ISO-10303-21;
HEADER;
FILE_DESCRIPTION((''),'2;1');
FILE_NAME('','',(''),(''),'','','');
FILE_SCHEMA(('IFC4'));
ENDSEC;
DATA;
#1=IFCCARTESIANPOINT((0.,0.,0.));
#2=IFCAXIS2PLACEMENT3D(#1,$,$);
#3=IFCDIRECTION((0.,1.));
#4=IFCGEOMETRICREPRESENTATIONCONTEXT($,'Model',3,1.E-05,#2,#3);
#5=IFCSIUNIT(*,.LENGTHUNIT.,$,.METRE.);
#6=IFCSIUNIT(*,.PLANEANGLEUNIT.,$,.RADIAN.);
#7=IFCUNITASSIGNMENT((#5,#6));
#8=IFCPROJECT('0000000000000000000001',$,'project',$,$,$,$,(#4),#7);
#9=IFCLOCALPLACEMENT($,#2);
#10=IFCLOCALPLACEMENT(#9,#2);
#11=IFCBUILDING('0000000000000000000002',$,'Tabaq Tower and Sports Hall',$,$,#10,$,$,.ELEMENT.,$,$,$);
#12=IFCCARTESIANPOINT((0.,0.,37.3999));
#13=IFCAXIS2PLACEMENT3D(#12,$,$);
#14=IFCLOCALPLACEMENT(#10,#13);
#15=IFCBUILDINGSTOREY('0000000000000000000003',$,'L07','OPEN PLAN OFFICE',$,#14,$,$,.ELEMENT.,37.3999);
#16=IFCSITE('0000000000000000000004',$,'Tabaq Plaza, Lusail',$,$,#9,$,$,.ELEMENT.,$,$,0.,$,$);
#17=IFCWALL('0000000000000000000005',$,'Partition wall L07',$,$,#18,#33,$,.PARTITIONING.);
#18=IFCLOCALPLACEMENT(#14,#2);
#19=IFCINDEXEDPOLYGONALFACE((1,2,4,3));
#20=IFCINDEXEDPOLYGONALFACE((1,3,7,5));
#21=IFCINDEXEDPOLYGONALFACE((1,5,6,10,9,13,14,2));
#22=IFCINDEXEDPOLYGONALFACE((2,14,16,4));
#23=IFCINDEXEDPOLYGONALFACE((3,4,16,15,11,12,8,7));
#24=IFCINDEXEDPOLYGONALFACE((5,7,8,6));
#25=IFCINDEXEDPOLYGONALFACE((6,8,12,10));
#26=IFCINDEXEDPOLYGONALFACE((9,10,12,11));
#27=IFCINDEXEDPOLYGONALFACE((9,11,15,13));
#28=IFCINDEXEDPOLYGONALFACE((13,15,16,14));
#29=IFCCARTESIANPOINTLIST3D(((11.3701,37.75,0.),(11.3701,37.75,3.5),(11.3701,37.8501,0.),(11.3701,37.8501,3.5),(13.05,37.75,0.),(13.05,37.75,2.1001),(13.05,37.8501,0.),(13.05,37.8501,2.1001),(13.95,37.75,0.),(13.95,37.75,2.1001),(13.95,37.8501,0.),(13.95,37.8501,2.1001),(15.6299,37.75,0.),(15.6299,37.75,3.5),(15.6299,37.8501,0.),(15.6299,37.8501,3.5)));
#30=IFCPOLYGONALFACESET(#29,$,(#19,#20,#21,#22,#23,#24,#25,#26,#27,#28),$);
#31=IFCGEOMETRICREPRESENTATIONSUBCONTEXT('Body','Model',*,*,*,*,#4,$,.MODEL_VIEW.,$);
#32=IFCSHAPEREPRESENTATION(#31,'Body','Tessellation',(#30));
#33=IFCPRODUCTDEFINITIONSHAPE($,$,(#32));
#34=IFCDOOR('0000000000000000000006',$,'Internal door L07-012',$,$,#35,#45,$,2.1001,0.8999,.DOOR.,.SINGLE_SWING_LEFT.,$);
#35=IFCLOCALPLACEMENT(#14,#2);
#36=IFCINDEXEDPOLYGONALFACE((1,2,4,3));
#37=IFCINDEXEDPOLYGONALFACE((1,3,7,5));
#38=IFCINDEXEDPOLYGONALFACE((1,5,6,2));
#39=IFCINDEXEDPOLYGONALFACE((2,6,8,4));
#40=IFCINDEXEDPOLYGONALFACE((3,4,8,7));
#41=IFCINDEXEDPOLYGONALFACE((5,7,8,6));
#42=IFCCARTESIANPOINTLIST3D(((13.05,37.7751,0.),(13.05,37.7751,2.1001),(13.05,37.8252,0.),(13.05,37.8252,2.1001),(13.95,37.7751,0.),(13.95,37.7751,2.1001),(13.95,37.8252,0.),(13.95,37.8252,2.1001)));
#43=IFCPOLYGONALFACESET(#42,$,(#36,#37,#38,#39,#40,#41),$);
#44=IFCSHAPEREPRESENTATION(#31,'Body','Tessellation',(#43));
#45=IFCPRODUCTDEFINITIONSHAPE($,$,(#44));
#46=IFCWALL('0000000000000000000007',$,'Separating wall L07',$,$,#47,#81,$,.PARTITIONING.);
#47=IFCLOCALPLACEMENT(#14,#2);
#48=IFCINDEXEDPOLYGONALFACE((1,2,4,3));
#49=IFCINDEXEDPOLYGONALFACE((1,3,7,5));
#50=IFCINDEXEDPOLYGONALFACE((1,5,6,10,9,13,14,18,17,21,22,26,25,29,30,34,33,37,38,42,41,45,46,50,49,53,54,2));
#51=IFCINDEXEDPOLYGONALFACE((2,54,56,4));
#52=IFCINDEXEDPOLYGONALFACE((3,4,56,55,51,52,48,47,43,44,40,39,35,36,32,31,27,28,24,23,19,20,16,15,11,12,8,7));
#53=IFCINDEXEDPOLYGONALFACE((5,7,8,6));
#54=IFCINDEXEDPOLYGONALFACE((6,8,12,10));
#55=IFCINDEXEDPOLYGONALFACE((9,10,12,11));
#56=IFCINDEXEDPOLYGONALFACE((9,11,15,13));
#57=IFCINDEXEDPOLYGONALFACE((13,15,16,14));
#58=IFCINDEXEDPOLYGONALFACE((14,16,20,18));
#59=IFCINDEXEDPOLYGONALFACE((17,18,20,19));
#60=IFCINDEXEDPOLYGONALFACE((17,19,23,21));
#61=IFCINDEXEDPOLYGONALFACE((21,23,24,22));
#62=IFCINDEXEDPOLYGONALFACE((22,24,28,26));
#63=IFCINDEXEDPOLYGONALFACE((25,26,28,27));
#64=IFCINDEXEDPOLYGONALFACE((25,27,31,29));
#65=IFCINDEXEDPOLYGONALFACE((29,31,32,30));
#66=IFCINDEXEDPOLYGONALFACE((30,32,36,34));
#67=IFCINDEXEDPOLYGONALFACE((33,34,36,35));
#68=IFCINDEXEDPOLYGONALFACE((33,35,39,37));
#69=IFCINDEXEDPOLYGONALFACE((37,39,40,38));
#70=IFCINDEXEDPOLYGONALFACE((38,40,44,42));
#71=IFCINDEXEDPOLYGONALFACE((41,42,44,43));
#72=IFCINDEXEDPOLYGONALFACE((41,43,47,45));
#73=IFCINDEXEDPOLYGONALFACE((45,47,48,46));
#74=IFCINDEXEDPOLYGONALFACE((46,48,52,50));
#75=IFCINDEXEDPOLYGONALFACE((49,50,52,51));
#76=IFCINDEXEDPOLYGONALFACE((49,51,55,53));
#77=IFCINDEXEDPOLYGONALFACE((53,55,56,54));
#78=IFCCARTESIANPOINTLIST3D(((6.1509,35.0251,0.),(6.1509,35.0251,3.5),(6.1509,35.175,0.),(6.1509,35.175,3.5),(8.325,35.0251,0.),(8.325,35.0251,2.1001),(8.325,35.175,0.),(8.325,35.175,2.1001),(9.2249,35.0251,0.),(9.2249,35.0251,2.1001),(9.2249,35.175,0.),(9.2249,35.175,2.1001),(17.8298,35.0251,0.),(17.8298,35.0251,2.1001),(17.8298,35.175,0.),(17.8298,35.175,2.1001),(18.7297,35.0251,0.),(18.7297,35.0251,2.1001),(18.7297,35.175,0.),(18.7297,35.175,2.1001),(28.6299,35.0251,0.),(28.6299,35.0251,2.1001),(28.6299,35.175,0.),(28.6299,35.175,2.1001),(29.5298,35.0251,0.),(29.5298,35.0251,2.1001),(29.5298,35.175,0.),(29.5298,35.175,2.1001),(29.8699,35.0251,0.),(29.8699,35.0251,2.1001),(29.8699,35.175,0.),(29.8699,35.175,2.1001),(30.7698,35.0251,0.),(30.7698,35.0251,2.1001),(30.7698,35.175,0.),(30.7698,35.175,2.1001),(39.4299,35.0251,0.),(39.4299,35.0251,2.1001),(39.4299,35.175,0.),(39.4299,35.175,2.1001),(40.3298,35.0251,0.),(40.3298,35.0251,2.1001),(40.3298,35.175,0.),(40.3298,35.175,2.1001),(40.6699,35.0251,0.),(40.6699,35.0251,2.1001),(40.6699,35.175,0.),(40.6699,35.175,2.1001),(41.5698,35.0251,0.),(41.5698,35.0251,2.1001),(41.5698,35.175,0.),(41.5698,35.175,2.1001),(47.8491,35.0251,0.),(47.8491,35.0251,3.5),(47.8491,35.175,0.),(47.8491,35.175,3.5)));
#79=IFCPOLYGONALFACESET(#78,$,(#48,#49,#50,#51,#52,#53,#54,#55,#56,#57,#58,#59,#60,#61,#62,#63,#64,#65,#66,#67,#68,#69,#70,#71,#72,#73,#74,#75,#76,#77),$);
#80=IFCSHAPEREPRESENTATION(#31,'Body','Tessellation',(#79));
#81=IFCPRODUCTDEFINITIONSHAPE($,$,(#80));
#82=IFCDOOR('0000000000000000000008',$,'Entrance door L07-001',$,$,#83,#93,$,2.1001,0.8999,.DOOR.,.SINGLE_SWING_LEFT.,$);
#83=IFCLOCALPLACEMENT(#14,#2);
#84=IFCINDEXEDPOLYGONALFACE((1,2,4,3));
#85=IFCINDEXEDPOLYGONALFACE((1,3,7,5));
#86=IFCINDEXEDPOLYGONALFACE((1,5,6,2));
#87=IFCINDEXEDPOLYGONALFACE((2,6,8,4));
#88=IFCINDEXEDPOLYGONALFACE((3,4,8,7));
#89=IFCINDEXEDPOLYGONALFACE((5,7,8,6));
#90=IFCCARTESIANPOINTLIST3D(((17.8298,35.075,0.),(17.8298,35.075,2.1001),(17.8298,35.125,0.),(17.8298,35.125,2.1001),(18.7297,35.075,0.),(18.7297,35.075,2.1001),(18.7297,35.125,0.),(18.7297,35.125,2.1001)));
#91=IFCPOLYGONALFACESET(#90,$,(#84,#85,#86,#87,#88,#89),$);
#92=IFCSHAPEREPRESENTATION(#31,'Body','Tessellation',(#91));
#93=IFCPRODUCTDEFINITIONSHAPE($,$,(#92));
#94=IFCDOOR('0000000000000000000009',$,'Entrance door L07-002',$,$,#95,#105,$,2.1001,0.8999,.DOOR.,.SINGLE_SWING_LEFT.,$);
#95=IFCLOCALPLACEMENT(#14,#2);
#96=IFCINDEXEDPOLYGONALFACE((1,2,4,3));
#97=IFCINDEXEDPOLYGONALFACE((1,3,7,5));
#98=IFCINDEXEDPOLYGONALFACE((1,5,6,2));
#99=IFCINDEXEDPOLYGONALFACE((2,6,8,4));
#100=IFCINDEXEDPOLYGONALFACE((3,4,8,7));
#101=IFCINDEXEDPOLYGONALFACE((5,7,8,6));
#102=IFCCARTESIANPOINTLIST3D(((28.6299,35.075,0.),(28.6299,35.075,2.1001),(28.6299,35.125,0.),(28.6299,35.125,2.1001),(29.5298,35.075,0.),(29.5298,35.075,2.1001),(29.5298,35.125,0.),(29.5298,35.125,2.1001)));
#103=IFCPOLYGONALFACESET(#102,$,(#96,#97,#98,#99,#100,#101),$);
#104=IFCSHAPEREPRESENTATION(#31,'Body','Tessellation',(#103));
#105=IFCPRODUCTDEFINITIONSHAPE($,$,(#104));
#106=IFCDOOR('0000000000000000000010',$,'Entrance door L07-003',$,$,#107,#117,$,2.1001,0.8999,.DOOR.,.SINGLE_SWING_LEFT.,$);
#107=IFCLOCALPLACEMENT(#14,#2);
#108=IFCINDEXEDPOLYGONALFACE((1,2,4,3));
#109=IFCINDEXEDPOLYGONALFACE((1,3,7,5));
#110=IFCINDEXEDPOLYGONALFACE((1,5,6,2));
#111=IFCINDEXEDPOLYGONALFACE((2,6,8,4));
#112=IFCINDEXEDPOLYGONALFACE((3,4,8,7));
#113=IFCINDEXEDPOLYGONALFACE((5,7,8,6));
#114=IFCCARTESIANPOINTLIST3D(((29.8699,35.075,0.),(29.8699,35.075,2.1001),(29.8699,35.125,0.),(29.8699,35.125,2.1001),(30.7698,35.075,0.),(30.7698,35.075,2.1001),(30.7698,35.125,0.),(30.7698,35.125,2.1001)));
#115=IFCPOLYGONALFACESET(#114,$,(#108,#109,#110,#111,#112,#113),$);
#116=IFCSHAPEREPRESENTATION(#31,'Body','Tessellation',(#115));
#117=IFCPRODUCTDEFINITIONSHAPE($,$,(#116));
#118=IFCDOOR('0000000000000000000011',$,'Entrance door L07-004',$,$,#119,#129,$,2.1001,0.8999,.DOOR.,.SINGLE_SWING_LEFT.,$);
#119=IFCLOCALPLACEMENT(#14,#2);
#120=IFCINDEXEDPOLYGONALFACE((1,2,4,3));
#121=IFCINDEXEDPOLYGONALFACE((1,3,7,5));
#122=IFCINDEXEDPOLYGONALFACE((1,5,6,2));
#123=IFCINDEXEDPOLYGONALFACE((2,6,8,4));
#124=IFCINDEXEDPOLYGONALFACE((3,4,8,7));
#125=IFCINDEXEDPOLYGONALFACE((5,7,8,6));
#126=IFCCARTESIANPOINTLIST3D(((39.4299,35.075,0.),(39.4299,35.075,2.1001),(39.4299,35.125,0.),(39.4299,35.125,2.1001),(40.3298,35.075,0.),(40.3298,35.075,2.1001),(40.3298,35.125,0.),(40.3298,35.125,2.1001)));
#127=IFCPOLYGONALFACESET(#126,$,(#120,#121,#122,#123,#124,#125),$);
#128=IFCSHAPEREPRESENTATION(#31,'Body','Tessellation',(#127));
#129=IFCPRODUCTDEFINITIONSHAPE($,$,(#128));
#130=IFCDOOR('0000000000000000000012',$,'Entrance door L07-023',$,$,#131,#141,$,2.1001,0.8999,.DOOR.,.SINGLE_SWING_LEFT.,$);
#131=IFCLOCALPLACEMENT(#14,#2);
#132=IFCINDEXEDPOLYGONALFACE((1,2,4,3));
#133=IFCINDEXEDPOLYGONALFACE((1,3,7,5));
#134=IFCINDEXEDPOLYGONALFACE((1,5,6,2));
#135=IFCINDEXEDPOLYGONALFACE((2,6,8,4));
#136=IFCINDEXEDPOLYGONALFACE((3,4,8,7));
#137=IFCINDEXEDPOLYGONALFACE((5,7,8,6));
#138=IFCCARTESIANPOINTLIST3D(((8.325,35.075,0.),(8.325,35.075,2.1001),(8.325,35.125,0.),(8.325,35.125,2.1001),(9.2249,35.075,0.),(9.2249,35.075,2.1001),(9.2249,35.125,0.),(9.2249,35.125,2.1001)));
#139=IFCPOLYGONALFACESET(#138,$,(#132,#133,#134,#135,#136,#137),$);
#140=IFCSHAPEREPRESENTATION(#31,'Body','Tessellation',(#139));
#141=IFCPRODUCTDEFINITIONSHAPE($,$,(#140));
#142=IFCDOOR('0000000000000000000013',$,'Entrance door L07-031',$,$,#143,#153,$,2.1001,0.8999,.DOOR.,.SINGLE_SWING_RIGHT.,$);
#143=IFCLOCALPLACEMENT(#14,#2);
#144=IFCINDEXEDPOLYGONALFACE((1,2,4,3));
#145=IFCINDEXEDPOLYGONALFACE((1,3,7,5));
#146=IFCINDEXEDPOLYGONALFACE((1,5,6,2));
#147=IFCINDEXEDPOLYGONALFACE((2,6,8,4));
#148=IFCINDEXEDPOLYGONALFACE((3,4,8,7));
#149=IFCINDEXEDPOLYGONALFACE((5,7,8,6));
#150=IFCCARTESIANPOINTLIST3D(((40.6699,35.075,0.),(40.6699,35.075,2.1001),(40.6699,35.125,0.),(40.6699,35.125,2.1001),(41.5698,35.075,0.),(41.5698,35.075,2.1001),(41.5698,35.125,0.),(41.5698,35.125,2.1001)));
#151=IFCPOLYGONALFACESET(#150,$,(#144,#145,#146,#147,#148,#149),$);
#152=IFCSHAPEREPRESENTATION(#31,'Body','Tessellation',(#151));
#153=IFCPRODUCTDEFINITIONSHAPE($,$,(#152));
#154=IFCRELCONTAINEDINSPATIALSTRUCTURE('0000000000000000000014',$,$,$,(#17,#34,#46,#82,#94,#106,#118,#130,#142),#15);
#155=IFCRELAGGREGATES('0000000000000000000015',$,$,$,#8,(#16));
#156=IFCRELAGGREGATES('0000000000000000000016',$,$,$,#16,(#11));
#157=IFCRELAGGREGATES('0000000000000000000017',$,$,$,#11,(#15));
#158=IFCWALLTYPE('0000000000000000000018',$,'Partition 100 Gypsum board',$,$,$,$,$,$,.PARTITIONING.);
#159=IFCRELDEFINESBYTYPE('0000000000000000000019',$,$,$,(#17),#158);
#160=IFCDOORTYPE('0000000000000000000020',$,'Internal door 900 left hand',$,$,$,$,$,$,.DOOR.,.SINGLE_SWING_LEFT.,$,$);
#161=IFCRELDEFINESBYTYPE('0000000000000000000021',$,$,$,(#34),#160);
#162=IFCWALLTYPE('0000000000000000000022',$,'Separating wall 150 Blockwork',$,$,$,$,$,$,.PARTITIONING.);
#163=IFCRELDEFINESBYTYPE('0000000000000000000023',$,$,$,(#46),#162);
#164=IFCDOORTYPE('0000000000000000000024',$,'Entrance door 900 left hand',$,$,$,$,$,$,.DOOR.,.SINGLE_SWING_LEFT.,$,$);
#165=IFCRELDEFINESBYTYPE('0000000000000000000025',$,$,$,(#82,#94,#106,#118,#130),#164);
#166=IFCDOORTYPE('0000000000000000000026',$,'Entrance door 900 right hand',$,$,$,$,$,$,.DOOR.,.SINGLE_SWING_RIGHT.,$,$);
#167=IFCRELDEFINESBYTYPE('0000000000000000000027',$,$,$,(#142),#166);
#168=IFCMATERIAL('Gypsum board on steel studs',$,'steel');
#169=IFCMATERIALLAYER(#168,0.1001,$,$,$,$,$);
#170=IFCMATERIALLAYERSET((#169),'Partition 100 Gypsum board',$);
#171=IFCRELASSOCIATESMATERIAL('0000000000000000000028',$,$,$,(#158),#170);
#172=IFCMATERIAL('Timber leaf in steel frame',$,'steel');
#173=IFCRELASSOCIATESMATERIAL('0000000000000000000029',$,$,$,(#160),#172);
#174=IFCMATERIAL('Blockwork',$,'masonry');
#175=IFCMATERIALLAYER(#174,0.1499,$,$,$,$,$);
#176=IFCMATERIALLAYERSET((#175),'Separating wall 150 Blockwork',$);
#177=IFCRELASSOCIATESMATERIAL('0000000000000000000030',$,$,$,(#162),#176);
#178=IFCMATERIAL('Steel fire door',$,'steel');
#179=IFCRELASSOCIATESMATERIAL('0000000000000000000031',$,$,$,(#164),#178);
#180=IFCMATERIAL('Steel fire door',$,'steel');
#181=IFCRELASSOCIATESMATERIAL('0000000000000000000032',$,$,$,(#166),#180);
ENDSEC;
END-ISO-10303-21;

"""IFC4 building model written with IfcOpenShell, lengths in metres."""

from ifc_helpers import new_model, si_unit, direction, frame, frame_2d, origin, place, context, subcontext, project, spatial, rectangle, extrude, material, layer, layer_set, type_object, element, fill, save


model = new_model("IFC4")

# Units and contexts
model_context = context("Model", 3, precision=1e-05, world=origin(), true_north=direction((0.0, 1.0)))
body_context = subcontext(model_context, "Body", "Model", "MODEL_VIEW")
ifc_project = project(units=[si_unit("LENGTHUNIT", "METRE"), si_unit("PLANEANGLEUNIT", "RADIAN")], contexts=[model_context])

# Site, building, storey
site_placement = place(None, origin())
site = spatial("IfcSite", under=ifc_project, at=site_placement, Name="Tabaq Plaza, Lusail", CompositionType="ELEMENT", RefElevation=0.0)
building_placement = place(site_placement, origin())
building = spatial("IfcBuilding", under=site, at=building_placement, Name="Tabaq Tower and Sports Hall", CompositionType="ELEMENT")
storey_placement = place(building_placement, frame((0.0, 0.0, 37.3999)))
storey = spatial("IfcBuildingStorey", under=building, at=storey_placement, Name="L07", Description="OPEN PLAN OFFICE", CompositionType="ELEMENT", Elevation=37.3999)

# Shared definitions
ifc_material_1 = material(Name="Gypsum board on steel studs", Category="steel")
ifc_layer_1 = layer(ifc_material_1, 0.1001)
ifc_layer_set_1 = layer_set([ifc_layer_1], Name="Partition 100 Gypsum board")
wall_type_1 = type_object("IfcWallType", Name="Partition 100 Gypsum board", PredefinedType="PARTITIONING", material=ifc_layer_set_1)

# Wall, opening, door
wall_1_placement = place(storey_placement, frame((15.6299, 37.8, 0.0), z_axis=(0.0, 0.0, 1.0), x_axis=(-1.0, 0.0, 0.0)))
wall_1 = element("IfcWall", 1, at=wall_1_placement, inside=storey, type_object=wall_type_1, Name="Partition wall L07", PredefinedType="PARTITIONING", context=body_context, shape_type="SweptSolid", body=[
    extrude(rectangle(XDim=4.2598, YDim=0.1001, at=frame_2d((2.1299, 0.0))), origin(), (0.0, 0.0, 1.0), 3.5),
])
opening_1_placement = place(wall_1_placement, frame((1.6799, 0.0, 0.0)))
opening_1 = element("IfcOpeningElement", 2, at=opening_1_placement, cuts=wall_1, PredefinedType="OPENING", context=body_context, shape_type="SweptSolid", body=[
    extrude(rectangle(XDim=0.8999, YDim=2.1001, at=frame_2d((0.45, 1.05))), frame((0.0, 0.05, 0.0), z_axis=(0.0, -1.0, 0.0), x_axis=(1.0, 0.0, 0.0)), (0.0, 0.0, 1.0), 0.1001),
])
ifc_material_2 = material(Name="Timber leaf in steel frame", Category="steel")
door_type_1 = type_object("IfcDoorType", Name="Internal door 900 left hand", OperationType="SINGLE_SWING_LEFT", PredefinedType="DOOR", material=ifc_material_2)
door_1_placement = place(opening_1_placement, origin())
door_1 = element("IfcDoor", 3, at=door_1_placement, inside=storey, type_object=door_type_1, Name="Internal door L07-012", OperationType="SINGLE_SWING_LEFT", OverallHeight=2.1001, OverallWidth=0.8999, PredefinedType="DOOR", context=body_context, shape_type="SweptSolid", body=[
    extrude(rectangle(XDim=0.8999, YDim=2.1001, at=frame_2d((0.45, 1.05))), frame((0.0, 0.0249, 0.0), z_axis=(0.0, -1.0, 0.0), x_axis=(1.0, 0.0, 0.0)), (0.0, 0.0, 1.0), 0.05),
])
fill(opening_1, door_1)

# Wall, openings, doors
ifc_material_3 = material(Name="Blockwork", Category="masonry")
ifc_layer_2 = layer(ifc_material_3, 0.1499)
ifc_layer_set_2 = layer_set([ifc_layer_2], Name="Separating wall 150 Blockwork")
wall_type_2 = type_object("IfcWallType", Name="Separating wall 150 Blockwork", PredefinedType="PARTITIONING", material=ifc_layer_set_2)
wall_2_placement = place(storey_placement, frame((6.1509, 35.1001, 0.0), z_axis=(0.0, 0.0, 1.0), x_axis=(1.0, 0.0, 0.0)))
wall_2 = element("IfcWall", 4, at=wall_2_placement, inside=storey, type_object=wall_type_2, Name="Separating wall L07", PredefinedType="PARTITIONING", context=body_context, shape_type="SweptSolid", body=[
    extrude(rectangle(XDim=41.6982, YDim=0.1499, at=frame_2d((20.8491, 0.0))), origin(), (0.0, 0.0, 1.0), 3.5),
])
opening_2_placement = place(wall_2_placement, frame((11.679, 0.0, 0.0)))
opening_2 = element("IfcOpeningElement", 5, at=opening_2_placement, cuts=wall_2, PredefinedType="OPENING", context=body_context, shape_type="SweptSolid", body=[
    extrude(rectangle(XDim=0.8999, YDim=2.1001, at=frame_2d((0.45, 1.05))), frame((0.0, 0.075, 0.0), z_axis=(0.0, -1.0, 0.0), x_axis=(1.0, 0.0, 0.0)), (0.0, 0.0, 1.0), 0.1499),
])
opening_3_placement = place(wall_2_placement, frame((22.479, 0.0, 0.0)))
opening_3 = element("IfcOpeningElement", 6, at=opening_3_placement, cuts=wall_2, PredefinedType="OPENING", context=body_context, shape_type="SweptSolid", body=[
    extrude(rectangle(XDim=0.8999, YDim=2.1001, at=frame_2d((0.45, 1.05))), frame((0.0, 0.075, 0.0), z_axis=(0.0, -1.0, 0.0), x_axis=(1.0, 0.0, 0.0)), (0.0, 0.0, 1.0), 0.1499),
])
opening_4_placement = place(wall_2_placement, frame((23.719, 0.0, 0.0)))
opening_4 = element("IfcOpeningElement", 7, at=opening_4_placement, cuts=wall_2, PredefinedType="OPENING", context=body_context, shape_type="SweptSolid", body=[
    extrude(rectangle(XDim=0.8999, YDim=2.1001, at=frame_2d((0.45, 1.05))), frame((0.0, 0.075, 0.0), z_axis=(0.0, -1.0, 0.0), x_axis=(1.0, 0.0, 0.0)), (0.0, 0.0, 1.0), 0.1499),
])
opening_5_placement = place(wall_2_placement, frame((33.2791, 0.0, 0.0)))
opening_5 = element("IfcOpeningElement", 8, at=opening_5_placement, cuts=wall_2, PredefinedType="OPENING", context=body_context, shape_type="SweptSolid", body=[
    extrude(rectangle(XDim=0.8999, YDim=2.1001, at=frame_2d((0.45, 1.05))), frame((0.0, 0.075, 0.0), z_axis=(0.0, -1.0, 0.0), x_axis=(1.0, 0.0, 0.0)), (0.0, 0.0, 1.0), 0.1499),
])
opening_6_placement = place(wall_2_placement, frame((2.1741, 0.0, 0.0)))
opening_6 = element("IfcOpeningElement", 9, at=opening_6_placement, cuts=wall_2, PredefinedType="OPENING", context=body_context, shape_type="SweptSolid", body=[
    extrude(rectangle(XDim=0.8999, YDim=2.1001, at=frame_2d((0.45, 1.05))), frame((0.0, 0.075, 0.0), z_axis=(0.0, -1.0, 0.0), x_axis=(1.0, 0.0, 0.0)), (0.0, 0.0, 1.0), 0.1499),
])
opening_7_placement = place(wall_2_placement, frame((34.519, 0.0, 0.0)))
opening_7 = element("IfcOpeningElement", 10, at=opening_7_placement, cuts=wall_2, PredefinedType="OPENING", context=body_context, shape_type="SweptSolid", body=[
    extrude(rectangle(XDim=0.8999, YDim=2.1001, at=frame_2d((0.45, 1.05))), frame((0.0, 0.075, 0.0), z_axis=(0.0, -1.0, 0.0), x_axis=(1.0, 0.0, 0.0)), (0.0, 0.0, 1.0), 0.1499),
])
ifc_material_4 = material(Name="Steel fire door", Category="steel")
door_type_2 = type_object("IfcDoorType", Name="Entrance door 900 left hand", OperationType="SINGLE_SWING_LEFT", PredefinedType="DOOR", material=ifc_material_4)
door_2_placement = place(opening_2_placement, origin())
door_2 = element("IfcDoor", 11, at=door_2_placement, inside=storey, type_object=door_type_2, Name="Entrance door L07-001", OperationType="SINGLE_SWING_LEFT", OverallHeight=2.1001, OverallWidth=0.8999, PredefinedType="DOOR", context=body_context, shape_type="SweptSolid", body=[
    extrude(rectangle(XDim=0.8999, YDim=2.1001, at=frame_2d((0.45, 1.05))), frame((0.0, 0.0249, 0.0), z_axis=(0.0, -1.0, 0.0), x_axis=(1.0, 0.0, 0.0)), (0.0, 0.0, 1.0), 0.05),
])
fill(opening_2, door_2)
door_3_placement = place(opening_3_placement, origin())
door_3 = element("IfcDoor", 12, at=door_3_placement, inside=storey, type_object=door_type_2, Name="Entrance door L07-002", OperationType="SINGLE_SWING_LEFT", OverallHeight=2.1001, OverallWidth=0.8999, PredefinedType="DOOR", context=body_context, shape_type="SweptSolid", body=[
    extrude(rectangle(XDim=0.8999, YDim=2.1001, at=frame_2d((0.45, 1.05))), frame((0.0, 0.0249, 0.0), z_axis=(0.0, -1.0, 0.0), x_axis=(1.0, 0.0, 0.0)), (0.0, 0.0, 1.0), 0.05),
])
fill(opening_3, door_3)
door_4_placement = place(opening_4_placement, origin())
door_4 = element("IfcDoor", 13, at=door_4_placement, inside=storey, type_object=door_type_2, Name="Entrance door L07-003", OperationType="SINGLE_SWING_LEFT", OverallHeight=2.1001, OverallWidth=0.8999, PredefinedType="DOOR", context=body_context, shape_type="SweptSolid", body=[
    extrude(rectangle(XDim=0.8999, YDim=2.1001, at=frame_2d((0.45, 1.05))), frame((0.0, 0.0249, 0.0), z_axis=(0.0, -1.0, 0.0), x_axis=(1.0, 0.0, 0.0)), (0.0, 0.0, 1.0), 0.05),
])
fill(opening_4, door_4)
door_5_placement = place(opening_5_placement, origin())
door_5 = element("IfcDoor", 14, at=door_5_placement, inside=storey, type_object=door_type_2, Name="Entrance door L07-004", OperationType="SINGLE_SWING_LEFT", OverallHeight=2.1001, OverallWidth=0.8999, PredefinedType="DOOR", context=body_context, shape_type="SweptSolid", body=[
    extrude(rectangle(XDim=0.8999, YDim=2.1001, at=frame_2d((0.45, 1.05))), frame((0.0, 0.0249, 0.0), z_axis=(0.0, -1.0, 0.0), x_axis=(1.0, 0.0, 0.0)), (0.0, 0.0, 1.0), 0.05),
])
fill(opening_5, door_5)
door_6_placement = place(opening_6_placement, origin())
door_6 = element("IfcDoor", 15, at=door_6_placement, inside=storey, type_object=door_type_2, Name="Entrance door L07-023", OperationType="SINGLE_SWING_LEFT", OverallHeight=2.1001, OverallWidth=0.8999, PredefinedType="DOOR", context=body_context, shape_type="SweptSolid", body=[
    extrude(rectangle(XDim=0.8999, YDim=2.1001, at=frame_2d((0.45, 1.05))), frame((0.0, 0.0249, 0.0), z_axis=(0.0, -1.0, 0.0), x_axis=(1.0, 0.0, 0.0)), (0.0, 0.0, 1.0), 0.05),
])
fill(opening_6, door_6)
ifc_material_5 = material(Name="Steel fire door", Category="steel")
door_type_3 = type_object("IfcDoorType", Name="Entrance door 900 right hand", OperationType="SINGLE_SWING_RIGHT", PredefinedType="DOOR", material=ifc_material_5)
door_7_placement = place(opening_7_placement, origin())
door_7 = element("IfcDoor", 16, at=door_7_placement, inside=storey, type_object=door_type_3, Name="Entrance door L07-031", OperationType="SINGLE_SWING_RIGHT", OverallHeight=2.1001, OverallWidth=0.8999, PredefinedType="DOOR", context=body_context, shape_type="SweptSolid", body=[
    extrude(rectangle(XDim=0.8999, YDim=2.1001, at=frame_2d((0.45, 1.05))), frame((0.0, 0.0249, 0.0), z_axis=(0.0, -1.0, 0.0), x_axis=(1.0, 0.0, 0.0)), (0.0, 0.0, 1.0), 0.05),
])
fill(opening_7, door_7)

save(model, "model.ifc")
